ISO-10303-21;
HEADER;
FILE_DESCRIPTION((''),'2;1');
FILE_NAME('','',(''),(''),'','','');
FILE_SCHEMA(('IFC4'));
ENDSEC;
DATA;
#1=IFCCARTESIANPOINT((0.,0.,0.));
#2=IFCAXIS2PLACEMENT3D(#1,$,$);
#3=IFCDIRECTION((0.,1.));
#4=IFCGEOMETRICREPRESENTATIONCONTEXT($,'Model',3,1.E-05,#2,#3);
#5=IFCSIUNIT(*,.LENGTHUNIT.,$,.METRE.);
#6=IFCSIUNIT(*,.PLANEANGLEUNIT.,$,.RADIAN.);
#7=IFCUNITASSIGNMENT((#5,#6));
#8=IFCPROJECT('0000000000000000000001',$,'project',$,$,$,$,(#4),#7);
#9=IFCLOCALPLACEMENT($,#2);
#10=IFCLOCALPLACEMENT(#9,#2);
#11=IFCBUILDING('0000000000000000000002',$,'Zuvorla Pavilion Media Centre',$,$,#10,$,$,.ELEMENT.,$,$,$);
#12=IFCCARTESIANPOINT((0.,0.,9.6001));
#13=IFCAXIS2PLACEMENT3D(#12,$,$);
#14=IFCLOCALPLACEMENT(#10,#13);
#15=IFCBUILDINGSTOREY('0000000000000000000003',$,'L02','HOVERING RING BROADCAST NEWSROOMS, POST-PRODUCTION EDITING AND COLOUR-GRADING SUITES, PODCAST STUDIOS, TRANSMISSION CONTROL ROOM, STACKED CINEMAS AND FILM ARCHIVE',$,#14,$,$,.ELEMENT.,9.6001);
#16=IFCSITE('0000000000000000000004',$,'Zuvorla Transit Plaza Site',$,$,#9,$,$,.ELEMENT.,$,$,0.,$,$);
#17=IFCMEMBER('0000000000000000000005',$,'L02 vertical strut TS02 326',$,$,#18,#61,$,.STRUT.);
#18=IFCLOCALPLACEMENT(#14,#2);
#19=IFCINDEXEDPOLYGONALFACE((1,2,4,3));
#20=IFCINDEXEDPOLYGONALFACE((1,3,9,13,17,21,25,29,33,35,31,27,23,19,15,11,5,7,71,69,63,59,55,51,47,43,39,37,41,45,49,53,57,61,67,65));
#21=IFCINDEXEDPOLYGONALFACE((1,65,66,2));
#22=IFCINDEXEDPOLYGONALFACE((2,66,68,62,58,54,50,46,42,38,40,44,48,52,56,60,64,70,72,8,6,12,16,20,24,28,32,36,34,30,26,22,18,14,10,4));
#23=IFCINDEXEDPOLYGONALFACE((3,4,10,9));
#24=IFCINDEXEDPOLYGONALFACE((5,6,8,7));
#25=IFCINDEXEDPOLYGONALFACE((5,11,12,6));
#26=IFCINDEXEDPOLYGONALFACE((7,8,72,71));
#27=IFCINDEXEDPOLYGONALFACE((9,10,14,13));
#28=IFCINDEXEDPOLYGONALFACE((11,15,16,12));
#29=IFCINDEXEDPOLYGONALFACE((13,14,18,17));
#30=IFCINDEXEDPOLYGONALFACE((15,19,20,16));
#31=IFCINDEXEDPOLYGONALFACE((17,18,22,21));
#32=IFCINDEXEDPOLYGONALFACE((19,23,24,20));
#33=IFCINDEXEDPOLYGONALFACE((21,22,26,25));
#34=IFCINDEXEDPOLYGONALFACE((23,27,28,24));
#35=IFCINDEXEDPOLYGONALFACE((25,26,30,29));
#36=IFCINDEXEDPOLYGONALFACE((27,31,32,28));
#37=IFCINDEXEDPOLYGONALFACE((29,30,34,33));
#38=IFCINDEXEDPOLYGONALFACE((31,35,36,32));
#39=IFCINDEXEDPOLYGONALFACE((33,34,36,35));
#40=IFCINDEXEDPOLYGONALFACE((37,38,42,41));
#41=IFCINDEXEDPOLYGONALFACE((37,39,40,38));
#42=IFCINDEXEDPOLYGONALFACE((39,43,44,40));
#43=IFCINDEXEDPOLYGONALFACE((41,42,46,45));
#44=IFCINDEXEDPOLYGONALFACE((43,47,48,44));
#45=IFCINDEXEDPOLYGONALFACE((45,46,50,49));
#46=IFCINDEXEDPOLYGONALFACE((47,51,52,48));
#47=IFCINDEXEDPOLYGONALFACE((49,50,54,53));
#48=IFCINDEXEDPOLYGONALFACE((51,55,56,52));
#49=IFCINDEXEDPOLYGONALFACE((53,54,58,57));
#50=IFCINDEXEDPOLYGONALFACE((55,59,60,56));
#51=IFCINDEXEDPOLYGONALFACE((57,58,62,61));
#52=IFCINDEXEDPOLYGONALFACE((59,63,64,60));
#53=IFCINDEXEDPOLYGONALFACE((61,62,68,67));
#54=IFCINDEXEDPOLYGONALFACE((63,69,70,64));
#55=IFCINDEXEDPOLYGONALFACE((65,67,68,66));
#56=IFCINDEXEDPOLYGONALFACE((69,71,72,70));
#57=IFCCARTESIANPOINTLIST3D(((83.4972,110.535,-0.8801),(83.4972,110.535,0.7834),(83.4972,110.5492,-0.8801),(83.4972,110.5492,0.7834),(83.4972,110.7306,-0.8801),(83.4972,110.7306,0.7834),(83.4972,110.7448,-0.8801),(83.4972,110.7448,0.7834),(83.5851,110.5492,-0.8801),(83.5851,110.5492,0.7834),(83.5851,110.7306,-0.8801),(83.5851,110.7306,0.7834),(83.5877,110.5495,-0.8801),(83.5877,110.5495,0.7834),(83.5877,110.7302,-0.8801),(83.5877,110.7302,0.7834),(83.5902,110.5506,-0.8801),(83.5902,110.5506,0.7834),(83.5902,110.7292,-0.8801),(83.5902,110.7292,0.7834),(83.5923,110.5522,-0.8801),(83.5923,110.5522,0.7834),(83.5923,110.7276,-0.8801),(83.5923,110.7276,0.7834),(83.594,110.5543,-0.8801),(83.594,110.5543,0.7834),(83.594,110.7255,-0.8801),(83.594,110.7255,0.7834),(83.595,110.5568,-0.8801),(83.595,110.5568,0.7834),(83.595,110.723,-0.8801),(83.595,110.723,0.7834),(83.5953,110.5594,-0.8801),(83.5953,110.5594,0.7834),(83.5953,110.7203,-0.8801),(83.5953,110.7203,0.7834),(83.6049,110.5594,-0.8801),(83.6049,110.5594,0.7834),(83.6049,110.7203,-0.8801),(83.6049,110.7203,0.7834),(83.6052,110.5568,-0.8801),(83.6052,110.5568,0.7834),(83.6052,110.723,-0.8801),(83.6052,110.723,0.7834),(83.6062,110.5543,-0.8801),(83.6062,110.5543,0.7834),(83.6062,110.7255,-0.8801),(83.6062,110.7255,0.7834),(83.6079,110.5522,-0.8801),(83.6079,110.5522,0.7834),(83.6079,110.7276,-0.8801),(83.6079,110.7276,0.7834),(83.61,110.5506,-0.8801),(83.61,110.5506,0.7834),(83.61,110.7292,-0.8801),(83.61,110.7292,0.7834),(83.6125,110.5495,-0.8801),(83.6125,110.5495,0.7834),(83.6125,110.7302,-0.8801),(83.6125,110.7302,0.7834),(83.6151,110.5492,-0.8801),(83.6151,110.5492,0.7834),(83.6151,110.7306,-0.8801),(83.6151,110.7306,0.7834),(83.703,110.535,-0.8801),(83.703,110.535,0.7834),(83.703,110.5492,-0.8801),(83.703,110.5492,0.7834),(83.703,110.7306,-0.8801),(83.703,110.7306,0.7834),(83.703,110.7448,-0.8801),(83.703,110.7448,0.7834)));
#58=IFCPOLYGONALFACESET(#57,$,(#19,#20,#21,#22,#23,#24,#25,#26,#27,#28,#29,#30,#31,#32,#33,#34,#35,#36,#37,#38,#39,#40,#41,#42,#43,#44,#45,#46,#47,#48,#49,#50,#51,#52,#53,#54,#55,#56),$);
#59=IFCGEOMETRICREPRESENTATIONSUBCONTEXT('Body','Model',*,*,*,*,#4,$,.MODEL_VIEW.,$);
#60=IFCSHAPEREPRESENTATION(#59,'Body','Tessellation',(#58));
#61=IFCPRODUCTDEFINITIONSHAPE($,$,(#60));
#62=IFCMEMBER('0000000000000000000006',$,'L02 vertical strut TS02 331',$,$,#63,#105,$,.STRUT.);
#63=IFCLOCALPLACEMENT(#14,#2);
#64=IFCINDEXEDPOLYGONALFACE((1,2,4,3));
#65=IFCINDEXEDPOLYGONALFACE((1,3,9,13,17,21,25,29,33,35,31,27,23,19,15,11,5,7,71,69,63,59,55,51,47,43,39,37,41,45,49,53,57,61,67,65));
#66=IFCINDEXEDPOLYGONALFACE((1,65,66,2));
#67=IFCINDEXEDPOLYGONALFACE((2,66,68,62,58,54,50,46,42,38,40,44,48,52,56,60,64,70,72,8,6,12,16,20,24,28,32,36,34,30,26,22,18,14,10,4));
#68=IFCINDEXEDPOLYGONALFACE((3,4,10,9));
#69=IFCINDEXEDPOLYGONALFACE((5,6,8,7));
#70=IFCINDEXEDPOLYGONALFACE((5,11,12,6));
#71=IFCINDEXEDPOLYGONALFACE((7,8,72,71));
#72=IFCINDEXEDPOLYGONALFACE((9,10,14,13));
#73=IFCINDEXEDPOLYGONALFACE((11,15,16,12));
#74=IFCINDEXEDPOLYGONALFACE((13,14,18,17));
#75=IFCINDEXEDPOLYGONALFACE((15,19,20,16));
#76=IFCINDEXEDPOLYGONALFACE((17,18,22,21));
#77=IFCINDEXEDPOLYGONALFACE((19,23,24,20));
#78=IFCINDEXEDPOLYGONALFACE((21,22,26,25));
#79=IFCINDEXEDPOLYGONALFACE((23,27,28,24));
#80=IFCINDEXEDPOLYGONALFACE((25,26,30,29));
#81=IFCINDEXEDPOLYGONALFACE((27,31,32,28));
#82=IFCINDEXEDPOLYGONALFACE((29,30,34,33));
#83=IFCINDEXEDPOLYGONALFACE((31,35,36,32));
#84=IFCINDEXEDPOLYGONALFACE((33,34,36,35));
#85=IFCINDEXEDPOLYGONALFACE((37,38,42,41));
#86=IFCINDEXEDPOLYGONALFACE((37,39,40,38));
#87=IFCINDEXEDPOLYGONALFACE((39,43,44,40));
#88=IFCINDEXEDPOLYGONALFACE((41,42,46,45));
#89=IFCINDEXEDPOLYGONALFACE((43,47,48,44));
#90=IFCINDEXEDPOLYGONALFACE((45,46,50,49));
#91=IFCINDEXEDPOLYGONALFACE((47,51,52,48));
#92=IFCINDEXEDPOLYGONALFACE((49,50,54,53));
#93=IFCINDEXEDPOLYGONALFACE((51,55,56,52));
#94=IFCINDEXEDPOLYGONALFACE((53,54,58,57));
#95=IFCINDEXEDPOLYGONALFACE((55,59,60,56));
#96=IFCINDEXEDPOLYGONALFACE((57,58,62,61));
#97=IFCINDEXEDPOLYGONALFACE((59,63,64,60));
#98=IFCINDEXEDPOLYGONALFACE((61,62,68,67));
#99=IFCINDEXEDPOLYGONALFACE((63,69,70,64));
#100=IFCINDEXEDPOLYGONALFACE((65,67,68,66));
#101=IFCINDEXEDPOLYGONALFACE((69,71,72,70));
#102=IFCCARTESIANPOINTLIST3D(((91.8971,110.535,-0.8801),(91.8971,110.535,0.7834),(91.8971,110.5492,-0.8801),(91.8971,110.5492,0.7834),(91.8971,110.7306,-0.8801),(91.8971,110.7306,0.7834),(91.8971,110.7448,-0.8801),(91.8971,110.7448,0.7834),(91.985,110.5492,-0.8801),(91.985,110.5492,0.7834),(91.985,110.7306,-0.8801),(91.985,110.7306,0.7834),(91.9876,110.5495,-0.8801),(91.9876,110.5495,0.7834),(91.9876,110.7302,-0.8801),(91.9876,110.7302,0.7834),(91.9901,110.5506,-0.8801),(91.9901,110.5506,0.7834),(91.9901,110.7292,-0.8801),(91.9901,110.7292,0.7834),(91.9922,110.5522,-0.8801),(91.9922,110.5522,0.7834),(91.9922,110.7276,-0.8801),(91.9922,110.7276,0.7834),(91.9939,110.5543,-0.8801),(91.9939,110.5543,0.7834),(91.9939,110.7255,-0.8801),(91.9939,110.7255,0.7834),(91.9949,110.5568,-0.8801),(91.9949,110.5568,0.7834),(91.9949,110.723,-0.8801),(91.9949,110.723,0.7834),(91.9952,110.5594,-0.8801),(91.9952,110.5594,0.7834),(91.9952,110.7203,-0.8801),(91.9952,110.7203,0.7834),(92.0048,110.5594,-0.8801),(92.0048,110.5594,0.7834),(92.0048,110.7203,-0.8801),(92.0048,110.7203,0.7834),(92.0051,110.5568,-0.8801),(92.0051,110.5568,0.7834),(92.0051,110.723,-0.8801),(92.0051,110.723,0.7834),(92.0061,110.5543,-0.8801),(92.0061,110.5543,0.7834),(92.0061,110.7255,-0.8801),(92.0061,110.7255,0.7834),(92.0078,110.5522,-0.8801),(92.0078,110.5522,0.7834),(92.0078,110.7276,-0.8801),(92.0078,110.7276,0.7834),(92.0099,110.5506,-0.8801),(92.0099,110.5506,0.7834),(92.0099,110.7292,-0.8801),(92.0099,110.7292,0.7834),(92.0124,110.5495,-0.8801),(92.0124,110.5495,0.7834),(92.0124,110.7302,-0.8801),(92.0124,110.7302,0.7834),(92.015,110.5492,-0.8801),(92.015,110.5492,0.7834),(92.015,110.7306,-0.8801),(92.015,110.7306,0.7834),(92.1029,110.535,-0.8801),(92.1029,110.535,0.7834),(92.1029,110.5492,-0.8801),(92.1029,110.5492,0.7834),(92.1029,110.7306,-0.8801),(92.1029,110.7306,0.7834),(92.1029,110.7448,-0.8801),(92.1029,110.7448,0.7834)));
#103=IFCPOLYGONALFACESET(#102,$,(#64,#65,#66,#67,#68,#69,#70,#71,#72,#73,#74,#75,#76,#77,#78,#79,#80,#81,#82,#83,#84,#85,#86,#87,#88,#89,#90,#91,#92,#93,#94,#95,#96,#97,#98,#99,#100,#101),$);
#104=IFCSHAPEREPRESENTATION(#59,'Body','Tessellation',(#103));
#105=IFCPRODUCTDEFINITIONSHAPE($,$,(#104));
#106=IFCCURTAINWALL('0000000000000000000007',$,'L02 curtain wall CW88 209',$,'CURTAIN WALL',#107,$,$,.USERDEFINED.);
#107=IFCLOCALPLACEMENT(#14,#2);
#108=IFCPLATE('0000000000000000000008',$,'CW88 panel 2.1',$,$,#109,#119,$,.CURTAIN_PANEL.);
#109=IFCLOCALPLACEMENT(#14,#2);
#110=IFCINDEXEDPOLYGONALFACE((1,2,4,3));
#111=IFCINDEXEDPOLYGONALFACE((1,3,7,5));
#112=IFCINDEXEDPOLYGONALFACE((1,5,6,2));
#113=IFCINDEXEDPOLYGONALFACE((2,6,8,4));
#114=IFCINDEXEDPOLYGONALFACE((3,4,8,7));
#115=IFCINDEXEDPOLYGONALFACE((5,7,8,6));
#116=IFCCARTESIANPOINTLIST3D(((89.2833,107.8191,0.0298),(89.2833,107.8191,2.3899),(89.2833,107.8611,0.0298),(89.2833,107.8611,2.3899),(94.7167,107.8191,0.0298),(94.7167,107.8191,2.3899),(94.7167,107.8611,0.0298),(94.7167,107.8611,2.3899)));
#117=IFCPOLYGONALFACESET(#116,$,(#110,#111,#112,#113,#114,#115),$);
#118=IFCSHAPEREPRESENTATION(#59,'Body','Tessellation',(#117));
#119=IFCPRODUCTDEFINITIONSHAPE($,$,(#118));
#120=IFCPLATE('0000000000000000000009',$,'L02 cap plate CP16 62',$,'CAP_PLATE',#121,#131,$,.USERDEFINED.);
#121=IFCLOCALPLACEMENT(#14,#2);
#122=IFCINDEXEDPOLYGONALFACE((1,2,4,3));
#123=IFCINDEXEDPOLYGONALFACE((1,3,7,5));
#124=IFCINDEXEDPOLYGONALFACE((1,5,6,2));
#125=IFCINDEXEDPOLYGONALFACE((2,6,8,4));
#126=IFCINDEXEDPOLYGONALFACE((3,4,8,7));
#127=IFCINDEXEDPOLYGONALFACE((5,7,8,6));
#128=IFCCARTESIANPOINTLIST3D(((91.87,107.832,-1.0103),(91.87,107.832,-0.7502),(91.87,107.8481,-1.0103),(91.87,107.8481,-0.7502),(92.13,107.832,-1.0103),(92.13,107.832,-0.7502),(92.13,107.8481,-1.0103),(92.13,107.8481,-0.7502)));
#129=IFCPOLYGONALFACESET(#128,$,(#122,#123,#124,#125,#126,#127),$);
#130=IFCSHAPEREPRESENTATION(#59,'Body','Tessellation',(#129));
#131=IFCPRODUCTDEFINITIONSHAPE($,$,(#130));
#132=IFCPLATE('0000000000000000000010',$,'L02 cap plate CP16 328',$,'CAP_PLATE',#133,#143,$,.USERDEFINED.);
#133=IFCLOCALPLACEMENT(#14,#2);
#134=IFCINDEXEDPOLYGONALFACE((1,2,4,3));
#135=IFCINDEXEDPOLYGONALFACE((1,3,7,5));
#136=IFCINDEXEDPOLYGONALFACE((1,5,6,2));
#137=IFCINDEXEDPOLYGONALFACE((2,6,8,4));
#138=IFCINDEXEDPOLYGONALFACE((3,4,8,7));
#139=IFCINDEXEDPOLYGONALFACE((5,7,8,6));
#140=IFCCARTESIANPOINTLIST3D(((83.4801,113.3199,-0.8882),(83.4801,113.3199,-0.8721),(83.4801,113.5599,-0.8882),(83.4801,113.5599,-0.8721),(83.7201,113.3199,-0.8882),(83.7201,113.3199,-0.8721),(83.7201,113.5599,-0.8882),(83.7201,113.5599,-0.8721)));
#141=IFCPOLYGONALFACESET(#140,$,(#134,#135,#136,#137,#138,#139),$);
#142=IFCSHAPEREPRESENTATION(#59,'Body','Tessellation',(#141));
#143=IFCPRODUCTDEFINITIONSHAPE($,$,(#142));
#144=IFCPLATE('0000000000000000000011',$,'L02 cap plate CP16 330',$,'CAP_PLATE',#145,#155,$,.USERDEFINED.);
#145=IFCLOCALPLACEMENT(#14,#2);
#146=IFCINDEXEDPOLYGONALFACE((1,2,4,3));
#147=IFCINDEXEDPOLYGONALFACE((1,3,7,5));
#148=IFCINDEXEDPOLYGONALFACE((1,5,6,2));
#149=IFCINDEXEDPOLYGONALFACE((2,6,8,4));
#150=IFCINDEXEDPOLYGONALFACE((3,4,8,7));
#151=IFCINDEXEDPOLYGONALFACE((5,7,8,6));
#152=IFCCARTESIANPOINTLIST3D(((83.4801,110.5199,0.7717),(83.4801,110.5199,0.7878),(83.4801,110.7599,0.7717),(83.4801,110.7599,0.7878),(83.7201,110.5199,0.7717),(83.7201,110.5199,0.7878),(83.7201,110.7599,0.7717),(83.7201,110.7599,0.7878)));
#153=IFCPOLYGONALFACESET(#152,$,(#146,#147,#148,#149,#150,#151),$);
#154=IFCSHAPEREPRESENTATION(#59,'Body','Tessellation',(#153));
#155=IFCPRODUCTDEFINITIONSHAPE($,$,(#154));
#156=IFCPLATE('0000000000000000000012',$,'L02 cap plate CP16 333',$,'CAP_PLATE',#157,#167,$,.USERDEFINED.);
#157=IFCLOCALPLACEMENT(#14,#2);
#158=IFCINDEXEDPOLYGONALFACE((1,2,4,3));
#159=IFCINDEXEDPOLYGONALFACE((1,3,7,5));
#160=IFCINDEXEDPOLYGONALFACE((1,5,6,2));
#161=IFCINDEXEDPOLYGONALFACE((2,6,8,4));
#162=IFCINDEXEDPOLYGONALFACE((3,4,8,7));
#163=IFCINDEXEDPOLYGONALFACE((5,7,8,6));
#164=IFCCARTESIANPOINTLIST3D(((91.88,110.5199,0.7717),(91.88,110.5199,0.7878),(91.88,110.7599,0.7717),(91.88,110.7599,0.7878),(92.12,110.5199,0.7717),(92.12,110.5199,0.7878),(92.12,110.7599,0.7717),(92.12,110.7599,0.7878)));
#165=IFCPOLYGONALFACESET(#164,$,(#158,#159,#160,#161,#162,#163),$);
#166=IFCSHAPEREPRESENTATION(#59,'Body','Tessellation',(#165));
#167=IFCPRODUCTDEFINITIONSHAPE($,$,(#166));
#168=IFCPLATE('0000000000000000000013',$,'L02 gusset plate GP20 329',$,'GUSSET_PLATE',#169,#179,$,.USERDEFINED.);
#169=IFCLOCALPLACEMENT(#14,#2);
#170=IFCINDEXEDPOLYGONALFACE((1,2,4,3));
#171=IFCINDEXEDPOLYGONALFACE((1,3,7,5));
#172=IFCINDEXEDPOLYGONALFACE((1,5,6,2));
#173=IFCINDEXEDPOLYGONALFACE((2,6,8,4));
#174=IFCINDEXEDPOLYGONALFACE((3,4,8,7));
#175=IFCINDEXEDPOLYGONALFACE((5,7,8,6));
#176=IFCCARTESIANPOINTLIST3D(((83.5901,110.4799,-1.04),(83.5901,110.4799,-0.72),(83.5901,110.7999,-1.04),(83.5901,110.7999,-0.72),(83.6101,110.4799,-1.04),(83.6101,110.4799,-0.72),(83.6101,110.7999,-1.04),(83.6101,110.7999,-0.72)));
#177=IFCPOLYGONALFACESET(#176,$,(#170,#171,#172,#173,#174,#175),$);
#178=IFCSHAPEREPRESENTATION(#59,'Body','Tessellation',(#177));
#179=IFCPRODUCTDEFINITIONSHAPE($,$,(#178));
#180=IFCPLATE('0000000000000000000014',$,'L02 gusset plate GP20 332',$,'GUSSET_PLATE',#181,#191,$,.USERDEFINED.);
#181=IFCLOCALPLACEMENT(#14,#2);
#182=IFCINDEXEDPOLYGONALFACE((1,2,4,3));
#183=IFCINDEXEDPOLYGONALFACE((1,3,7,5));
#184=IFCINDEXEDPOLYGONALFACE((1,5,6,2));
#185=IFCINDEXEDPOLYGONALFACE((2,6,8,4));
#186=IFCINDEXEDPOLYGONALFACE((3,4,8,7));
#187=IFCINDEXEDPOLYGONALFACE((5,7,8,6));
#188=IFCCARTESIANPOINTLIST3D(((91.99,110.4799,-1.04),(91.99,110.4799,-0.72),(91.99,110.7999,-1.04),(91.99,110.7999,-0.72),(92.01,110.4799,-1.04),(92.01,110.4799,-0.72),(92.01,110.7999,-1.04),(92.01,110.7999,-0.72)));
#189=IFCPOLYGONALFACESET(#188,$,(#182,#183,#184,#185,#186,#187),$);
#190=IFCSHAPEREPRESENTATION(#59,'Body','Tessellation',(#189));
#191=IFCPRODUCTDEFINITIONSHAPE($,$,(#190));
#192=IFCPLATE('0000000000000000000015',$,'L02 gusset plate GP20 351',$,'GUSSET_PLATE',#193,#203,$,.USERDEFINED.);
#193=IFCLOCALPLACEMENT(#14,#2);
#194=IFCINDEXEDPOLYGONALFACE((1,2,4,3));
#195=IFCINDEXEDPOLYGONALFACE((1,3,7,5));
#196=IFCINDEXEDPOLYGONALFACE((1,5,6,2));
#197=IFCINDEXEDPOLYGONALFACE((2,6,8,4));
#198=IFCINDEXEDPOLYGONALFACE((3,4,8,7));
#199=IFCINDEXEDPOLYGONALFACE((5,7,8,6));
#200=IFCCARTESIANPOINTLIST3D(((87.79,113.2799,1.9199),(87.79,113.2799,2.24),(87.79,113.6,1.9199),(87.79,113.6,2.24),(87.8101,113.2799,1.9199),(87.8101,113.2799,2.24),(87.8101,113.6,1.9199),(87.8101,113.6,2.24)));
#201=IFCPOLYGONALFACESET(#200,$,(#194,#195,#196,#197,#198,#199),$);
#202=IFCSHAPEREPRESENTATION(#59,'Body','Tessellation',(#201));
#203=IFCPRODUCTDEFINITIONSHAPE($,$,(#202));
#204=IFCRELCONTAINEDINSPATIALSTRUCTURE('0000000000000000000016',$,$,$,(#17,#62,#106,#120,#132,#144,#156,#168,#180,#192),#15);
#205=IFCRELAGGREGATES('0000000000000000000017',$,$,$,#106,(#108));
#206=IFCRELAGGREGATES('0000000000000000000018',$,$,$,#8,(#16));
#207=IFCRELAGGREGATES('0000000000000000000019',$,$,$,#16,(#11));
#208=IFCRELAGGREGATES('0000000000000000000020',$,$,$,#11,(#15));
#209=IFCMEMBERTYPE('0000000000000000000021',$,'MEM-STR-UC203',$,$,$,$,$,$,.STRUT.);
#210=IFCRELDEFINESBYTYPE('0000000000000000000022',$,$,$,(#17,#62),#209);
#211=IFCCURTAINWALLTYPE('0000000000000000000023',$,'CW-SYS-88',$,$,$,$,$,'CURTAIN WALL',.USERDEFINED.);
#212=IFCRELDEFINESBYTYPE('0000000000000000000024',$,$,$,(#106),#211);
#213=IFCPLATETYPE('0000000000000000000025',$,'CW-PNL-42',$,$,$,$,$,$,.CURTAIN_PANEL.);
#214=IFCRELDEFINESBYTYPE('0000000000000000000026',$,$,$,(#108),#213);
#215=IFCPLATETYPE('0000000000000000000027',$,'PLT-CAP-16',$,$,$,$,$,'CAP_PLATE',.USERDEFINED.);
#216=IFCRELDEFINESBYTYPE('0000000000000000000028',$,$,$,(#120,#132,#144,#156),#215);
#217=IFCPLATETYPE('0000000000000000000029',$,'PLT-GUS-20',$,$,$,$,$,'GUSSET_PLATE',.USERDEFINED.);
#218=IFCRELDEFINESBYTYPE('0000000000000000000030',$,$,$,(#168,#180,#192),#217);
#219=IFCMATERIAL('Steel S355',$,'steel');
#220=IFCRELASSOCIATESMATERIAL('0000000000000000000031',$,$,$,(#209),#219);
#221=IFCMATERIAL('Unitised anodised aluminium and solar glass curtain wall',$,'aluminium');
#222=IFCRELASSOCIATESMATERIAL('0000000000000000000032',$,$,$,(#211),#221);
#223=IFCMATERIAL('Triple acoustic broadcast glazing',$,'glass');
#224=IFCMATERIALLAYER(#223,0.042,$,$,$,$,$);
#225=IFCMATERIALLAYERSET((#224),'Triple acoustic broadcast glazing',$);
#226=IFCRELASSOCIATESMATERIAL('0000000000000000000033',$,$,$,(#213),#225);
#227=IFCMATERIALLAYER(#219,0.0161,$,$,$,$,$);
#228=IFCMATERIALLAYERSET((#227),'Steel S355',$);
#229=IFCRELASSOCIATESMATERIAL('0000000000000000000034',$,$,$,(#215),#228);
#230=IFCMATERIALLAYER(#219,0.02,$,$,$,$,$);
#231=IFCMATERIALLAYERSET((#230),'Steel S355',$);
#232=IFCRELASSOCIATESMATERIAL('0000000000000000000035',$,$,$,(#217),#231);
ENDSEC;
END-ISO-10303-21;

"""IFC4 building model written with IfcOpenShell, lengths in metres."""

from ifc_helpers import new_model, si_unit, direction, frame, origin, origin_2d, place, context, subcontext, project, spatial, rectangle, i_section, extrude, material, layer, layer_set, material_profile, profile_set, type_object, element, aggregate, save


model = new_model("IFC4")

# Units and contexts
model_context = context("Model", 3, precision=1e-05, world=origin(), true_north=direction((0.0, 1.0)))
body_context = subcontext(model_context, "Body", "Model", "MODEL_VIEW")
ifc_project = project(units=[si_unit("LENGTHUNIT", "METRE"), si_unit("PLANEANGLEUNIT", "RADIAN")], contexts=[model_context])

# Site, building, storey
site_placement = place(None, origin())
site = spatial("IfcSite", under=ifc_project, at=site_placement, Name="Zuvorla Transit Plaza Site", CompositionType="ELEMENT", RefElevation=0.0)
building_placement = place(site_placement, origin())
building = spatial("IfcBuilding", under=site, at=building_placement, Name="Zuvorla Pavilion Media Centre", CompositionType="ELEMENT")
storey_placement = place(building_placement, frame((0.0, 0.0, 9.6001)))
storey = spatial("IfcBuildingStorey", under=building, at=storey_placement, Name="L02", Description="HOVERING RING BROADCAST NEWSROOMS, POST-PRODUCTION EDITING AND COLOUR-GRADING SUITES, PODCAST STUDIOS, TRANSMISSION CONTROL ROOM, STACKED CINEMAS AND FILM ARCHIVE", CompositionType="ELEMENT", Elevation=9.6001)

# Members
ifc_material_1 = material(Name="Steel S355", Category="steel")
ifc_material_profile_1 = material_profile(ifc_material_1, i_section(OverallWidth=0.2058, OverallDepth=0.2097, WebThickness=0.0095, FlangeThickness=0.0142, FilletRadius=0.0103, at=origin_2d()), Name="UC 203x203x60")
ifc_profile_set_1 = profile_set([ifc_material_profile_1], Name="Steel S355")
member_type_1 = type_object("IfcMemberType", Name="MEM-STR-UC203", PredefinedType="STRUT", material=ifc_profile_set_1)
for number, where, z_axis, x_axis, name in (
    (1, (83.6001, 110.6399, -0.8801), (0.0, 0.0, 1.0), (1.0, 0.0, 0.0), "L02 vertical strut TS02 326"),
    (2, (92.0, 110.6399, -0.8801), (0.0, 0.0, 1.0), (1.0, 0.0, 0.0), "L02 vertical strut TS02 331"),
):
    element("IfcMember", number, at=place(storey_placement, frame(where, z_axis=z_axis, x_axis=x_axis)), inside=storey, type_object=member_type_1, Name=name, PredefinedType="STRUT", context=body_context, shape_type="SweptSolid", body=[
        extrude(i_section(OverallWidth=0.2058, OverallDepth=0.2097, WebThickness=0.0095, FlangeThickness=0.0142, FilletRadius=0.0103, at=origin_2d()), origin(), (0.0, 0.0, 1.0), 1.6636),
    ])

# Curtain wall, plate
ifc_material_2 = material(Name="Unitised anodised aluminium and solar glass curtain wall", Category="aluminium")
curtain_wall_type = type_object("IfcCurtainWallType", Name="CW-SYS-88", ElementType="CURTAIN WALL", PredefinedType="USERDEFINED", material=ifc_material_2)
curtain_wall_placement = place(storey_placement, origin())
curtain_wall = element("IfcCurtainWall", 3, at=curtain_wall_placement, inside=storey, type_object=curtain_wall_type, Name="L02 curtain wall CW88 209", ObjectType="CURTAIN WALL", PredefinedType="USERDEFINED")
ifc_material_3 = material(Name="Triple acoustic broadcast glazing", Category="glass")
ifc_layer_1 = layer(ifc_material_3, 0.042)
ifc_layer_set_1 = layer_set([ifc_layer_1], Name="Triple acoustic broadcast glazing")
plate_type_1 = type_object("IfcPlateType", Name="CW-PNL-42", PredefinedType="CURTAIN_PANEL", material=ifc_layer_set_1)
plate_1_placement = place(storey_placement, frame((92.0, 107.8401, 0.0298), z_axis=(0.0, 0.0, 1.0), x_axis=(1.0, 0.0, 0.0)))
plate_1 = element("IfcPlate", 4, at=plate_1_placement, type_object=plate_type_1, Name="CW88 panel 2.1", PredefinedType="CURTAIN_PANEL", context=body_context, shape_type="SweptSolid", body=[
    extrude(rectangle(XDim=5.4333, YDim=0.042, at=origin_2d()), origin(), (0.0, 0.0, 1.0), 2.3601),
])
aggregate(curtain_wall, [plate_1])

# Plates
ifc_layer_2 = layer(ifc_material_1, 0.0161)
ifc_layer_set_2 = layer_set([ifc_layer_2], Name="Steel S355")
plate_type_2 = type_object("IfcPlateType", Name="PLT-CAP-16", ElementType="CAP_PLATE", PredefinedType="USERDEFINED", material=ifc_layer_set_2)
plate_2_placement = place(storey_placement, frame((92.0, 107.8401, -1.0103), z_axis=(0.0, 0.0, 1.0), x_axis=(1.0, 0.0, 0.0)))
element("IfcPlate", 5, at=plate_2_placement, inside=storey, type_object=plate_type_2, Name="L02 cap plate CP16 62", ObjectType="CAP_PLATE", PredefinedType="USERDEFINED", context=body_context, shape_type="SweptSolid", body=[
    extrude(rectangle(XDim=0.26, YDim=0.0161, at=origin_2d()), origin(), (0.0, 0.0, 1.0), 0.26),
])
for number, where, z_axis, x_axis, name in (
    (6, (83.6001, 113.4399, -0.8882), (0.0, 0.0, 1.0), (1.0, 0.0, 0.0), "L02 cap plate CP16 328"),
    (7, (83.6001, 110.6399, 0.7717), (0.0, 0.0, 1.0), (1.0, 0.0, 0.0), "L02 cap plate CP16 330"),
    (8, (92.0, 110.6399, 0.7717), (0.0, 0.0, 1.0), (1.0, 0.0, 0.0), "L02 cap plate CP16 333"),
):
    element("IfcPlate", number, at=place(storey_placement, frame(where, z_axis=z_axis, x_axis=x_axis)), inside=storey, type_object=plate_type_2, Name=name, ObjectType="CAP_PLATE", PredefinedType="USERDEFINED", context=body_context, shape_type="SweptSolid", body=[
        extrude(rectangle(XDim=0.24, YDim=0.24, at=origin_2d()), origin(), (0.0, 0.0, 1.0), 0.0161),
    ])
ifc_layer_3 = layer(ifc_material_1, 0.02)
ifc_layer_set_3 = layer_set([ifc_layer_3], Name="Steel S355")
plate_type_3 = type_object("IfcPlateType", Name="PLT-GUS-20", ElementType="GUSSET_PLATE", PredefinedType="USERDEFINED", material=ifc_layer_set_3)
for number, where, z_axis, x_axis, name in (
    (9, (83.6001, 110.6399, -1.04), (0.0, 0.0, 1.0), (1.0, 0.0, 0.0), "L02 gusset plate GP20 329"),
    (10, (92.0, 110.6399, -1.04), (0.0, 0.0, 1.0), (1.0, 0.0, 0.0), "L02 gusset plate GP20 332"),
    (11, (87.8, 113.4399, 1.9199), (0.0, 0.0, 1.0), (1.0, 0.0, 0.0), "L02 gusset plate GP20 351"),
):
    element("IfcPlate", number, at=place(storey_placement, frame(where, z_axis=z_axis, x_axis=x_axis)), inside=storey, type_object=plate_type_3, Name=name, ObjectType="GUSSET_PLATE", PredefinedType="USERDEFINED", context=body_context, shape_type="SweptSolid", body=[
        extrude(rectangle(XDim=0.02, YDim=0.3201, at=origin_2d()), origin(), (0.0, 0.0, 1.0), 0.3201),
    ])

save(model, "model.ifc")
